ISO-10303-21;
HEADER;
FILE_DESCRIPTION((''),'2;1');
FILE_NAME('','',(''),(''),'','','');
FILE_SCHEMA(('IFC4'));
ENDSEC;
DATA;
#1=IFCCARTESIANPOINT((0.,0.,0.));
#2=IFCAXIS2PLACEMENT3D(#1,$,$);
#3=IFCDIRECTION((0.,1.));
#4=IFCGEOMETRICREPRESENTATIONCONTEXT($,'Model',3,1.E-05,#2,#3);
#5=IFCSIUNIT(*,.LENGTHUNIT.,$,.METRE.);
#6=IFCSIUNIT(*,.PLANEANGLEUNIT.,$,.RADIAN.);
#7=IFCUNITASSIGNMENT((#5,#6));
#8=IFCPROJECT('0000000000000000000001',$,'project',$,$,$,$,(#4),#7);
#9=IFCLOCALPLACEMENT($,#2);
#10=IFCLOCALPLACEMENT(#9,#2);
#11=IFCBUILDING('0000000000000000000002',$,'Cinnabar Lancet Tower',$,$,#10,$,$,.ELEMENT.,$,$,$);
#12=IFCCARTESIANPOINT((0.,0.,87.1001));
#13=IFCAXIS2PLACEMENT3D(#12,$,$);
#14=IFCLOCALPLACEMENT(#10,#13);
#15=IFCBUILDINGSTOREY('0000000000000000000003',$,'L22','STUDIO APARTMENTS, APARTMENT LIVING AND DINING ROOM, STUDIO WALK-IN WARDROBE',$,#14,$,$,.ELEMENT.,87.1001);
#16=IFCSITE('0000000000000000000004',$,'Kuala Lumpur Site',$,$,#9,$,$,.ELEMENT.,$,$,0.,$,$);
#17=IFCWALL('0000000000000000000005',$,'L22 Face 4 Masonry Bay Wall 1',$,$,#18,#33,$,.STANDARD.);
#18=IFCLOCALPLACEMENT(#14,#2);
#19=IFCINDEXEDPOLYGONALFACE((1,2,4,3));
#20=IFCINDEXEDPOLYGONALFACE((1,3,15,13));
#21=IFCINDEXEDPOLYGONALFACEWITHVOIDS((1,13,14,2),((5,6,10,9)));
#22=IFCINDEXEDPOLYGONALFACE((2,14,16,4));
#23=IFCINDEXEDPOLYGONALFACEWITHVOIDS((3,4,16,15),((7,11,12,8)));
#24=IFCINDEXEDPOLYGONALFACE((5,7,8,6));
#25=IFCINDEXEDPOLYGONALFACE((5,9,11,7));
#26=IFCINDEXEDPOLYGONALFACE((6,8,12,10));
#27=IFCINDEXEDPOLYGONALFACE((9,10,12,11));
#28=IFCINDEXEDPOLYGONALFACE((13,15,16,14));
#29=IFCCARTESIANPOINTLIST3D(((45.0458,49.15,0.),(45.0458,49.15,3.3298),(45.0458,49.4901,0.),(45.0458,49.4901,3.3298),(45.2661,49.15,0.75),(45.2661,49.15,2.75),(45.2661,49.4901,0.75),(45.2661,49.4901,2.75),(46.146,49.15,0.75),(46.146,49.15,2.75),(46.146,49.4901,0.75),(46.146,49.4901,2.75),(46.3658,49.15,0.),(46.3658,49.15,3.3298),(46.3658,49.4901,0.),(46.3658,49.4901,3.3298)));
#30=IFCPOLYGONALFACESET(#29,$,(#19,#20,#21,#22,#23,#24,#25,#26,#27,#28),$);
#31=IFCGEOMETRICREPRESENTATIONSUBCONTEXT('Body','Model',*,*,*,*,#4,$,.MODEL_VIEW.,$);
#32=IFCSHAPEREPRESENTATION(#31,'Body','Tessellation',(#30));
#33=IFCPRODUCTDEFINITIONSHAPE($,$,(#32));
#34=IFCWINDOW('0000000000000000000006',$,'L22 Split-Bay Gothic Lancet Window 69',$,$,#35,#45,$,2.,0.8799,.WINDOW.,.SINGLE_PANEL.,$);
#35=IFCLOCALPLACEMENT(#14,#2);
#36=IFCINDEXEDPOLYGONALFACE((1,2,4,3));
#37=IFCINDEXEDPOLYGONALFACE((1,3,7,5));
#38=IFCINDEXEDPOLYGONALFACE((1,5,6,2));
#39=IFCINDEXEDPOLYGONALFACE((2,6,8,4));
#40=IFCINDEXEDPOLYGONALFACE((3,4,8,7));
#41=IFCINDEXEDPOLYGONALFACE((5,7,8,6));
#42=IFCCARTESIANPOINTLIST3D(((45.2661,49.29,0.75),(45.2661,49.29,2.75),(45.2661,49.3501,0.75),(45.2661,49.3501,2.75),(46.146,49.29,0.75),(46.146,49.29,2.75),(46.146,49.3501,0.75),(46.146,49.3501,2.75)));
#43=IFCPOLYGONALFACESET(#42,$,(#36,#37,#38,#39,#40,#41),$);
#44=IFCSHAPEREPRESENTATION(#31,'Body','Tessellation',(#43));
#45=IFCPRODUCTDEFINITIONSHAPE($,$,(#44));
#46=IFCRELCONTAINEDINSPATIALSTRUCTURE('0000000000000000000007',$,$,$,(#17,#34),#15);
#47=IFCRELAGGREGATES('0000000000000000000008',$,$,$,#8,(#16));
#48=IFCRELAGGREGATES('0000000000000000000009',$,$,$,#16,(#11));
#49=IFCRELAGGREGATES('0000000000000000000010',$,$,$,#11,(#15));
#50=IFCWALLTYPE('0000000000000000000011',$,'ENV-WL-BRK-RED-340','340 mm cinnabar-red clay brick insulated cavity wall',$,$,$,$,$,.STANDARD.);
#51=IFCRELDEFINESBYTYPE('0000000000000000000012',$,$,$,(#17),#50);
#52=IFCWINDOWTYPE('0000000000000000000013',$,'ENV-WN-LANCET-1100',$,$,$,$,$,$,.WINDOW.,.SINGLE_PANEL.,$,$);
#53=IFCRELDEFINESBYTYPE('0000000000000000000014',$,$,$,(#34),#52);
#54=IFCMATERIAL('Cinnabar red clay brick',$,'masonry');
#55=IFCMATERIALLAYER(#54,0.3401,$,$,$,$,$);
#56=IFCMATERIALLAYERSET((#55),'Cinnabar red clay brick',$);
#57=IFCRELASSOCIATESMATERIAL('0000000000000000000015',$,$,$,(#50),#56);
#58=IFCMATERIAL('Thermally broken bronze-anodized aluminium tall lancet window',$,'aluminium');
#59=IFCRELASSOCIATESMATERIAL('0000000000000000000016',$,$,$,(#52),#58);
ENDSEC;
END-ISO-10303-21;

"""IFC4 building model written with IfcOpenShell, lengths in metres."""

from ifc_helpers import new_model, si_unit, direction, frame, frame_2d, origin, place, context, subcontext, project, spatial, rectangle, extrude, material, layer, layer_set, type_object, element, fill, save


model = new_model("IFC4")

# Units and contexts
model_context = context("Model", 3, precision=1e-05, world=origin(), true_north=direction((0.0, 1.0)))
body_context = subcontext(model_context, "Body", "Model", "MODEL_VIEW")
ifc_project = project(units=[si_unit("LENGTHUNIT", "METRE"), si_unit("PLANEANGLEUNIT", "RADIAN")], contexts=[model_context])

# Site, building, storey
site_placement = place(None, origin())
site = spatial("IfcSite", under=ifc_project, at=site_placement, Name="Kuala Lumpur Site", CompositionType="ELEMENT", RefElevation=0.0)
building_placement = place(site_placement, origin())
building = spatial("IfcBuilding", under=site, at=building_placement, Name="Cinnabar Lancet Tower", CompositionType="ELEMENT")
storey_placement = place(building_placement, frame((0.0, 0.0, 87.1001)))
storey = spatial("IfcBuildingStorey", under=building, at=storey_placement, Name="L22", Description="STUDIO APARTMENTS, APARTMENT LIVING AND DINING ROOM, STUDIO WALK-IN WARDROBE", CompositionType="ELEMENT", Elevation=87.1001)

# Shared definitions
ifc_material_1 = material(Name="Cinnabar red clay brick", Category="masonry")
ifc_layer_1 = layer(ifc_material_1, 0.3401)
ifc_layer_set_1 = layer_set([ifc_layer_1], Name="Cinnabar red clay brick")
wall_type_1 = type_object("IfcWallType", Name="ENV-WL-BRK-RED-340", Description="340 mm cinnabar-red clay brick insulated cavity wall", PredefinedType="STANDARD", material=ifc_layer_set_1)

# Shared definitions
ifc_material_2 = material(Name="Thermally broken bronze-anodized aluminium tall lancet window", Category="aluminium")
window_type = type_object("IfcWindowType", Name="ENV-WN-LANCET-1100", PartitioningType="SINGLE_PANEL", PredefinedType="WINDOW", material=ifc_material_2)

# Wall, opening, window
wall_1_placement = place(storey_placement, frame((46.366, 49.3201, 0.0), z_axis=(0.0, 0.0, 1.0), x_axis=(-1.0, 0.0, 0.0)))
wall_1 = element("IfcWall", 1, at=wall_1_placement, inside=storey, type_object=wall_type_1, Name="L22 Face 4 Masonry Bay Wall 1", PredefinedType="STANDARD", context=body_context, shape_type="SweptSolid", body=[
    extrude(rectangle(XDim=1.3201, YDim=0.3401, at=frame_2d((0.6602, 0.0))), origin(), (0.0, 0.0, 1.0), 3.3298),
])
opening_1_placement = place(wall_1_placement, frame((0.22, 0.0, 0.75)))
opening_1 = element("IfcOpeningElement", 2, at=opening_1_placement, cuts=wall_1, PredefinedType="OPENING", context=body_context, shape_type="SweptSolid", body=[
    extrude(rectangle(XDim=0.8799, YDim=2.0, at=frame_2d((0.4399, 1.0))), frame((0.0, 0.1799, 0.0), z_axis=(0.0, -1.0, 0.0), x_axis=(1.0, 0.0, 0.0)), (0.0, 0.0, 1.0), 0.3601),
])
window_1_placement = place(opening_1_placement, origin())
window_1 = element("IfcWindow", 3, at=window_1_placement, inside=storey, type_object=window_type, Name="L22 Split-Bay Gothic Lancet Window 69", OverallHeight=2.0, OverallWidth=0.8799, PartitioningType="SINGLE_PANEL", PredefinedType="WINDOW", context=body_context, shape_type="SweptSolid", body=[
    extrude(rectangle(XDim=0.8799, YDim=2.0, at=frame_2d((0.4399, 1.0))), frame((0.0, 0.03, 0.0), z_axis=(0.0, -1.0, 0.0), x_axis=(1.0, 0.0, 0.0)), (0.0, 0.0, 1.0), 0.0601),
])
fill(opening_1, window_1)

save(model, "model.ifc")
